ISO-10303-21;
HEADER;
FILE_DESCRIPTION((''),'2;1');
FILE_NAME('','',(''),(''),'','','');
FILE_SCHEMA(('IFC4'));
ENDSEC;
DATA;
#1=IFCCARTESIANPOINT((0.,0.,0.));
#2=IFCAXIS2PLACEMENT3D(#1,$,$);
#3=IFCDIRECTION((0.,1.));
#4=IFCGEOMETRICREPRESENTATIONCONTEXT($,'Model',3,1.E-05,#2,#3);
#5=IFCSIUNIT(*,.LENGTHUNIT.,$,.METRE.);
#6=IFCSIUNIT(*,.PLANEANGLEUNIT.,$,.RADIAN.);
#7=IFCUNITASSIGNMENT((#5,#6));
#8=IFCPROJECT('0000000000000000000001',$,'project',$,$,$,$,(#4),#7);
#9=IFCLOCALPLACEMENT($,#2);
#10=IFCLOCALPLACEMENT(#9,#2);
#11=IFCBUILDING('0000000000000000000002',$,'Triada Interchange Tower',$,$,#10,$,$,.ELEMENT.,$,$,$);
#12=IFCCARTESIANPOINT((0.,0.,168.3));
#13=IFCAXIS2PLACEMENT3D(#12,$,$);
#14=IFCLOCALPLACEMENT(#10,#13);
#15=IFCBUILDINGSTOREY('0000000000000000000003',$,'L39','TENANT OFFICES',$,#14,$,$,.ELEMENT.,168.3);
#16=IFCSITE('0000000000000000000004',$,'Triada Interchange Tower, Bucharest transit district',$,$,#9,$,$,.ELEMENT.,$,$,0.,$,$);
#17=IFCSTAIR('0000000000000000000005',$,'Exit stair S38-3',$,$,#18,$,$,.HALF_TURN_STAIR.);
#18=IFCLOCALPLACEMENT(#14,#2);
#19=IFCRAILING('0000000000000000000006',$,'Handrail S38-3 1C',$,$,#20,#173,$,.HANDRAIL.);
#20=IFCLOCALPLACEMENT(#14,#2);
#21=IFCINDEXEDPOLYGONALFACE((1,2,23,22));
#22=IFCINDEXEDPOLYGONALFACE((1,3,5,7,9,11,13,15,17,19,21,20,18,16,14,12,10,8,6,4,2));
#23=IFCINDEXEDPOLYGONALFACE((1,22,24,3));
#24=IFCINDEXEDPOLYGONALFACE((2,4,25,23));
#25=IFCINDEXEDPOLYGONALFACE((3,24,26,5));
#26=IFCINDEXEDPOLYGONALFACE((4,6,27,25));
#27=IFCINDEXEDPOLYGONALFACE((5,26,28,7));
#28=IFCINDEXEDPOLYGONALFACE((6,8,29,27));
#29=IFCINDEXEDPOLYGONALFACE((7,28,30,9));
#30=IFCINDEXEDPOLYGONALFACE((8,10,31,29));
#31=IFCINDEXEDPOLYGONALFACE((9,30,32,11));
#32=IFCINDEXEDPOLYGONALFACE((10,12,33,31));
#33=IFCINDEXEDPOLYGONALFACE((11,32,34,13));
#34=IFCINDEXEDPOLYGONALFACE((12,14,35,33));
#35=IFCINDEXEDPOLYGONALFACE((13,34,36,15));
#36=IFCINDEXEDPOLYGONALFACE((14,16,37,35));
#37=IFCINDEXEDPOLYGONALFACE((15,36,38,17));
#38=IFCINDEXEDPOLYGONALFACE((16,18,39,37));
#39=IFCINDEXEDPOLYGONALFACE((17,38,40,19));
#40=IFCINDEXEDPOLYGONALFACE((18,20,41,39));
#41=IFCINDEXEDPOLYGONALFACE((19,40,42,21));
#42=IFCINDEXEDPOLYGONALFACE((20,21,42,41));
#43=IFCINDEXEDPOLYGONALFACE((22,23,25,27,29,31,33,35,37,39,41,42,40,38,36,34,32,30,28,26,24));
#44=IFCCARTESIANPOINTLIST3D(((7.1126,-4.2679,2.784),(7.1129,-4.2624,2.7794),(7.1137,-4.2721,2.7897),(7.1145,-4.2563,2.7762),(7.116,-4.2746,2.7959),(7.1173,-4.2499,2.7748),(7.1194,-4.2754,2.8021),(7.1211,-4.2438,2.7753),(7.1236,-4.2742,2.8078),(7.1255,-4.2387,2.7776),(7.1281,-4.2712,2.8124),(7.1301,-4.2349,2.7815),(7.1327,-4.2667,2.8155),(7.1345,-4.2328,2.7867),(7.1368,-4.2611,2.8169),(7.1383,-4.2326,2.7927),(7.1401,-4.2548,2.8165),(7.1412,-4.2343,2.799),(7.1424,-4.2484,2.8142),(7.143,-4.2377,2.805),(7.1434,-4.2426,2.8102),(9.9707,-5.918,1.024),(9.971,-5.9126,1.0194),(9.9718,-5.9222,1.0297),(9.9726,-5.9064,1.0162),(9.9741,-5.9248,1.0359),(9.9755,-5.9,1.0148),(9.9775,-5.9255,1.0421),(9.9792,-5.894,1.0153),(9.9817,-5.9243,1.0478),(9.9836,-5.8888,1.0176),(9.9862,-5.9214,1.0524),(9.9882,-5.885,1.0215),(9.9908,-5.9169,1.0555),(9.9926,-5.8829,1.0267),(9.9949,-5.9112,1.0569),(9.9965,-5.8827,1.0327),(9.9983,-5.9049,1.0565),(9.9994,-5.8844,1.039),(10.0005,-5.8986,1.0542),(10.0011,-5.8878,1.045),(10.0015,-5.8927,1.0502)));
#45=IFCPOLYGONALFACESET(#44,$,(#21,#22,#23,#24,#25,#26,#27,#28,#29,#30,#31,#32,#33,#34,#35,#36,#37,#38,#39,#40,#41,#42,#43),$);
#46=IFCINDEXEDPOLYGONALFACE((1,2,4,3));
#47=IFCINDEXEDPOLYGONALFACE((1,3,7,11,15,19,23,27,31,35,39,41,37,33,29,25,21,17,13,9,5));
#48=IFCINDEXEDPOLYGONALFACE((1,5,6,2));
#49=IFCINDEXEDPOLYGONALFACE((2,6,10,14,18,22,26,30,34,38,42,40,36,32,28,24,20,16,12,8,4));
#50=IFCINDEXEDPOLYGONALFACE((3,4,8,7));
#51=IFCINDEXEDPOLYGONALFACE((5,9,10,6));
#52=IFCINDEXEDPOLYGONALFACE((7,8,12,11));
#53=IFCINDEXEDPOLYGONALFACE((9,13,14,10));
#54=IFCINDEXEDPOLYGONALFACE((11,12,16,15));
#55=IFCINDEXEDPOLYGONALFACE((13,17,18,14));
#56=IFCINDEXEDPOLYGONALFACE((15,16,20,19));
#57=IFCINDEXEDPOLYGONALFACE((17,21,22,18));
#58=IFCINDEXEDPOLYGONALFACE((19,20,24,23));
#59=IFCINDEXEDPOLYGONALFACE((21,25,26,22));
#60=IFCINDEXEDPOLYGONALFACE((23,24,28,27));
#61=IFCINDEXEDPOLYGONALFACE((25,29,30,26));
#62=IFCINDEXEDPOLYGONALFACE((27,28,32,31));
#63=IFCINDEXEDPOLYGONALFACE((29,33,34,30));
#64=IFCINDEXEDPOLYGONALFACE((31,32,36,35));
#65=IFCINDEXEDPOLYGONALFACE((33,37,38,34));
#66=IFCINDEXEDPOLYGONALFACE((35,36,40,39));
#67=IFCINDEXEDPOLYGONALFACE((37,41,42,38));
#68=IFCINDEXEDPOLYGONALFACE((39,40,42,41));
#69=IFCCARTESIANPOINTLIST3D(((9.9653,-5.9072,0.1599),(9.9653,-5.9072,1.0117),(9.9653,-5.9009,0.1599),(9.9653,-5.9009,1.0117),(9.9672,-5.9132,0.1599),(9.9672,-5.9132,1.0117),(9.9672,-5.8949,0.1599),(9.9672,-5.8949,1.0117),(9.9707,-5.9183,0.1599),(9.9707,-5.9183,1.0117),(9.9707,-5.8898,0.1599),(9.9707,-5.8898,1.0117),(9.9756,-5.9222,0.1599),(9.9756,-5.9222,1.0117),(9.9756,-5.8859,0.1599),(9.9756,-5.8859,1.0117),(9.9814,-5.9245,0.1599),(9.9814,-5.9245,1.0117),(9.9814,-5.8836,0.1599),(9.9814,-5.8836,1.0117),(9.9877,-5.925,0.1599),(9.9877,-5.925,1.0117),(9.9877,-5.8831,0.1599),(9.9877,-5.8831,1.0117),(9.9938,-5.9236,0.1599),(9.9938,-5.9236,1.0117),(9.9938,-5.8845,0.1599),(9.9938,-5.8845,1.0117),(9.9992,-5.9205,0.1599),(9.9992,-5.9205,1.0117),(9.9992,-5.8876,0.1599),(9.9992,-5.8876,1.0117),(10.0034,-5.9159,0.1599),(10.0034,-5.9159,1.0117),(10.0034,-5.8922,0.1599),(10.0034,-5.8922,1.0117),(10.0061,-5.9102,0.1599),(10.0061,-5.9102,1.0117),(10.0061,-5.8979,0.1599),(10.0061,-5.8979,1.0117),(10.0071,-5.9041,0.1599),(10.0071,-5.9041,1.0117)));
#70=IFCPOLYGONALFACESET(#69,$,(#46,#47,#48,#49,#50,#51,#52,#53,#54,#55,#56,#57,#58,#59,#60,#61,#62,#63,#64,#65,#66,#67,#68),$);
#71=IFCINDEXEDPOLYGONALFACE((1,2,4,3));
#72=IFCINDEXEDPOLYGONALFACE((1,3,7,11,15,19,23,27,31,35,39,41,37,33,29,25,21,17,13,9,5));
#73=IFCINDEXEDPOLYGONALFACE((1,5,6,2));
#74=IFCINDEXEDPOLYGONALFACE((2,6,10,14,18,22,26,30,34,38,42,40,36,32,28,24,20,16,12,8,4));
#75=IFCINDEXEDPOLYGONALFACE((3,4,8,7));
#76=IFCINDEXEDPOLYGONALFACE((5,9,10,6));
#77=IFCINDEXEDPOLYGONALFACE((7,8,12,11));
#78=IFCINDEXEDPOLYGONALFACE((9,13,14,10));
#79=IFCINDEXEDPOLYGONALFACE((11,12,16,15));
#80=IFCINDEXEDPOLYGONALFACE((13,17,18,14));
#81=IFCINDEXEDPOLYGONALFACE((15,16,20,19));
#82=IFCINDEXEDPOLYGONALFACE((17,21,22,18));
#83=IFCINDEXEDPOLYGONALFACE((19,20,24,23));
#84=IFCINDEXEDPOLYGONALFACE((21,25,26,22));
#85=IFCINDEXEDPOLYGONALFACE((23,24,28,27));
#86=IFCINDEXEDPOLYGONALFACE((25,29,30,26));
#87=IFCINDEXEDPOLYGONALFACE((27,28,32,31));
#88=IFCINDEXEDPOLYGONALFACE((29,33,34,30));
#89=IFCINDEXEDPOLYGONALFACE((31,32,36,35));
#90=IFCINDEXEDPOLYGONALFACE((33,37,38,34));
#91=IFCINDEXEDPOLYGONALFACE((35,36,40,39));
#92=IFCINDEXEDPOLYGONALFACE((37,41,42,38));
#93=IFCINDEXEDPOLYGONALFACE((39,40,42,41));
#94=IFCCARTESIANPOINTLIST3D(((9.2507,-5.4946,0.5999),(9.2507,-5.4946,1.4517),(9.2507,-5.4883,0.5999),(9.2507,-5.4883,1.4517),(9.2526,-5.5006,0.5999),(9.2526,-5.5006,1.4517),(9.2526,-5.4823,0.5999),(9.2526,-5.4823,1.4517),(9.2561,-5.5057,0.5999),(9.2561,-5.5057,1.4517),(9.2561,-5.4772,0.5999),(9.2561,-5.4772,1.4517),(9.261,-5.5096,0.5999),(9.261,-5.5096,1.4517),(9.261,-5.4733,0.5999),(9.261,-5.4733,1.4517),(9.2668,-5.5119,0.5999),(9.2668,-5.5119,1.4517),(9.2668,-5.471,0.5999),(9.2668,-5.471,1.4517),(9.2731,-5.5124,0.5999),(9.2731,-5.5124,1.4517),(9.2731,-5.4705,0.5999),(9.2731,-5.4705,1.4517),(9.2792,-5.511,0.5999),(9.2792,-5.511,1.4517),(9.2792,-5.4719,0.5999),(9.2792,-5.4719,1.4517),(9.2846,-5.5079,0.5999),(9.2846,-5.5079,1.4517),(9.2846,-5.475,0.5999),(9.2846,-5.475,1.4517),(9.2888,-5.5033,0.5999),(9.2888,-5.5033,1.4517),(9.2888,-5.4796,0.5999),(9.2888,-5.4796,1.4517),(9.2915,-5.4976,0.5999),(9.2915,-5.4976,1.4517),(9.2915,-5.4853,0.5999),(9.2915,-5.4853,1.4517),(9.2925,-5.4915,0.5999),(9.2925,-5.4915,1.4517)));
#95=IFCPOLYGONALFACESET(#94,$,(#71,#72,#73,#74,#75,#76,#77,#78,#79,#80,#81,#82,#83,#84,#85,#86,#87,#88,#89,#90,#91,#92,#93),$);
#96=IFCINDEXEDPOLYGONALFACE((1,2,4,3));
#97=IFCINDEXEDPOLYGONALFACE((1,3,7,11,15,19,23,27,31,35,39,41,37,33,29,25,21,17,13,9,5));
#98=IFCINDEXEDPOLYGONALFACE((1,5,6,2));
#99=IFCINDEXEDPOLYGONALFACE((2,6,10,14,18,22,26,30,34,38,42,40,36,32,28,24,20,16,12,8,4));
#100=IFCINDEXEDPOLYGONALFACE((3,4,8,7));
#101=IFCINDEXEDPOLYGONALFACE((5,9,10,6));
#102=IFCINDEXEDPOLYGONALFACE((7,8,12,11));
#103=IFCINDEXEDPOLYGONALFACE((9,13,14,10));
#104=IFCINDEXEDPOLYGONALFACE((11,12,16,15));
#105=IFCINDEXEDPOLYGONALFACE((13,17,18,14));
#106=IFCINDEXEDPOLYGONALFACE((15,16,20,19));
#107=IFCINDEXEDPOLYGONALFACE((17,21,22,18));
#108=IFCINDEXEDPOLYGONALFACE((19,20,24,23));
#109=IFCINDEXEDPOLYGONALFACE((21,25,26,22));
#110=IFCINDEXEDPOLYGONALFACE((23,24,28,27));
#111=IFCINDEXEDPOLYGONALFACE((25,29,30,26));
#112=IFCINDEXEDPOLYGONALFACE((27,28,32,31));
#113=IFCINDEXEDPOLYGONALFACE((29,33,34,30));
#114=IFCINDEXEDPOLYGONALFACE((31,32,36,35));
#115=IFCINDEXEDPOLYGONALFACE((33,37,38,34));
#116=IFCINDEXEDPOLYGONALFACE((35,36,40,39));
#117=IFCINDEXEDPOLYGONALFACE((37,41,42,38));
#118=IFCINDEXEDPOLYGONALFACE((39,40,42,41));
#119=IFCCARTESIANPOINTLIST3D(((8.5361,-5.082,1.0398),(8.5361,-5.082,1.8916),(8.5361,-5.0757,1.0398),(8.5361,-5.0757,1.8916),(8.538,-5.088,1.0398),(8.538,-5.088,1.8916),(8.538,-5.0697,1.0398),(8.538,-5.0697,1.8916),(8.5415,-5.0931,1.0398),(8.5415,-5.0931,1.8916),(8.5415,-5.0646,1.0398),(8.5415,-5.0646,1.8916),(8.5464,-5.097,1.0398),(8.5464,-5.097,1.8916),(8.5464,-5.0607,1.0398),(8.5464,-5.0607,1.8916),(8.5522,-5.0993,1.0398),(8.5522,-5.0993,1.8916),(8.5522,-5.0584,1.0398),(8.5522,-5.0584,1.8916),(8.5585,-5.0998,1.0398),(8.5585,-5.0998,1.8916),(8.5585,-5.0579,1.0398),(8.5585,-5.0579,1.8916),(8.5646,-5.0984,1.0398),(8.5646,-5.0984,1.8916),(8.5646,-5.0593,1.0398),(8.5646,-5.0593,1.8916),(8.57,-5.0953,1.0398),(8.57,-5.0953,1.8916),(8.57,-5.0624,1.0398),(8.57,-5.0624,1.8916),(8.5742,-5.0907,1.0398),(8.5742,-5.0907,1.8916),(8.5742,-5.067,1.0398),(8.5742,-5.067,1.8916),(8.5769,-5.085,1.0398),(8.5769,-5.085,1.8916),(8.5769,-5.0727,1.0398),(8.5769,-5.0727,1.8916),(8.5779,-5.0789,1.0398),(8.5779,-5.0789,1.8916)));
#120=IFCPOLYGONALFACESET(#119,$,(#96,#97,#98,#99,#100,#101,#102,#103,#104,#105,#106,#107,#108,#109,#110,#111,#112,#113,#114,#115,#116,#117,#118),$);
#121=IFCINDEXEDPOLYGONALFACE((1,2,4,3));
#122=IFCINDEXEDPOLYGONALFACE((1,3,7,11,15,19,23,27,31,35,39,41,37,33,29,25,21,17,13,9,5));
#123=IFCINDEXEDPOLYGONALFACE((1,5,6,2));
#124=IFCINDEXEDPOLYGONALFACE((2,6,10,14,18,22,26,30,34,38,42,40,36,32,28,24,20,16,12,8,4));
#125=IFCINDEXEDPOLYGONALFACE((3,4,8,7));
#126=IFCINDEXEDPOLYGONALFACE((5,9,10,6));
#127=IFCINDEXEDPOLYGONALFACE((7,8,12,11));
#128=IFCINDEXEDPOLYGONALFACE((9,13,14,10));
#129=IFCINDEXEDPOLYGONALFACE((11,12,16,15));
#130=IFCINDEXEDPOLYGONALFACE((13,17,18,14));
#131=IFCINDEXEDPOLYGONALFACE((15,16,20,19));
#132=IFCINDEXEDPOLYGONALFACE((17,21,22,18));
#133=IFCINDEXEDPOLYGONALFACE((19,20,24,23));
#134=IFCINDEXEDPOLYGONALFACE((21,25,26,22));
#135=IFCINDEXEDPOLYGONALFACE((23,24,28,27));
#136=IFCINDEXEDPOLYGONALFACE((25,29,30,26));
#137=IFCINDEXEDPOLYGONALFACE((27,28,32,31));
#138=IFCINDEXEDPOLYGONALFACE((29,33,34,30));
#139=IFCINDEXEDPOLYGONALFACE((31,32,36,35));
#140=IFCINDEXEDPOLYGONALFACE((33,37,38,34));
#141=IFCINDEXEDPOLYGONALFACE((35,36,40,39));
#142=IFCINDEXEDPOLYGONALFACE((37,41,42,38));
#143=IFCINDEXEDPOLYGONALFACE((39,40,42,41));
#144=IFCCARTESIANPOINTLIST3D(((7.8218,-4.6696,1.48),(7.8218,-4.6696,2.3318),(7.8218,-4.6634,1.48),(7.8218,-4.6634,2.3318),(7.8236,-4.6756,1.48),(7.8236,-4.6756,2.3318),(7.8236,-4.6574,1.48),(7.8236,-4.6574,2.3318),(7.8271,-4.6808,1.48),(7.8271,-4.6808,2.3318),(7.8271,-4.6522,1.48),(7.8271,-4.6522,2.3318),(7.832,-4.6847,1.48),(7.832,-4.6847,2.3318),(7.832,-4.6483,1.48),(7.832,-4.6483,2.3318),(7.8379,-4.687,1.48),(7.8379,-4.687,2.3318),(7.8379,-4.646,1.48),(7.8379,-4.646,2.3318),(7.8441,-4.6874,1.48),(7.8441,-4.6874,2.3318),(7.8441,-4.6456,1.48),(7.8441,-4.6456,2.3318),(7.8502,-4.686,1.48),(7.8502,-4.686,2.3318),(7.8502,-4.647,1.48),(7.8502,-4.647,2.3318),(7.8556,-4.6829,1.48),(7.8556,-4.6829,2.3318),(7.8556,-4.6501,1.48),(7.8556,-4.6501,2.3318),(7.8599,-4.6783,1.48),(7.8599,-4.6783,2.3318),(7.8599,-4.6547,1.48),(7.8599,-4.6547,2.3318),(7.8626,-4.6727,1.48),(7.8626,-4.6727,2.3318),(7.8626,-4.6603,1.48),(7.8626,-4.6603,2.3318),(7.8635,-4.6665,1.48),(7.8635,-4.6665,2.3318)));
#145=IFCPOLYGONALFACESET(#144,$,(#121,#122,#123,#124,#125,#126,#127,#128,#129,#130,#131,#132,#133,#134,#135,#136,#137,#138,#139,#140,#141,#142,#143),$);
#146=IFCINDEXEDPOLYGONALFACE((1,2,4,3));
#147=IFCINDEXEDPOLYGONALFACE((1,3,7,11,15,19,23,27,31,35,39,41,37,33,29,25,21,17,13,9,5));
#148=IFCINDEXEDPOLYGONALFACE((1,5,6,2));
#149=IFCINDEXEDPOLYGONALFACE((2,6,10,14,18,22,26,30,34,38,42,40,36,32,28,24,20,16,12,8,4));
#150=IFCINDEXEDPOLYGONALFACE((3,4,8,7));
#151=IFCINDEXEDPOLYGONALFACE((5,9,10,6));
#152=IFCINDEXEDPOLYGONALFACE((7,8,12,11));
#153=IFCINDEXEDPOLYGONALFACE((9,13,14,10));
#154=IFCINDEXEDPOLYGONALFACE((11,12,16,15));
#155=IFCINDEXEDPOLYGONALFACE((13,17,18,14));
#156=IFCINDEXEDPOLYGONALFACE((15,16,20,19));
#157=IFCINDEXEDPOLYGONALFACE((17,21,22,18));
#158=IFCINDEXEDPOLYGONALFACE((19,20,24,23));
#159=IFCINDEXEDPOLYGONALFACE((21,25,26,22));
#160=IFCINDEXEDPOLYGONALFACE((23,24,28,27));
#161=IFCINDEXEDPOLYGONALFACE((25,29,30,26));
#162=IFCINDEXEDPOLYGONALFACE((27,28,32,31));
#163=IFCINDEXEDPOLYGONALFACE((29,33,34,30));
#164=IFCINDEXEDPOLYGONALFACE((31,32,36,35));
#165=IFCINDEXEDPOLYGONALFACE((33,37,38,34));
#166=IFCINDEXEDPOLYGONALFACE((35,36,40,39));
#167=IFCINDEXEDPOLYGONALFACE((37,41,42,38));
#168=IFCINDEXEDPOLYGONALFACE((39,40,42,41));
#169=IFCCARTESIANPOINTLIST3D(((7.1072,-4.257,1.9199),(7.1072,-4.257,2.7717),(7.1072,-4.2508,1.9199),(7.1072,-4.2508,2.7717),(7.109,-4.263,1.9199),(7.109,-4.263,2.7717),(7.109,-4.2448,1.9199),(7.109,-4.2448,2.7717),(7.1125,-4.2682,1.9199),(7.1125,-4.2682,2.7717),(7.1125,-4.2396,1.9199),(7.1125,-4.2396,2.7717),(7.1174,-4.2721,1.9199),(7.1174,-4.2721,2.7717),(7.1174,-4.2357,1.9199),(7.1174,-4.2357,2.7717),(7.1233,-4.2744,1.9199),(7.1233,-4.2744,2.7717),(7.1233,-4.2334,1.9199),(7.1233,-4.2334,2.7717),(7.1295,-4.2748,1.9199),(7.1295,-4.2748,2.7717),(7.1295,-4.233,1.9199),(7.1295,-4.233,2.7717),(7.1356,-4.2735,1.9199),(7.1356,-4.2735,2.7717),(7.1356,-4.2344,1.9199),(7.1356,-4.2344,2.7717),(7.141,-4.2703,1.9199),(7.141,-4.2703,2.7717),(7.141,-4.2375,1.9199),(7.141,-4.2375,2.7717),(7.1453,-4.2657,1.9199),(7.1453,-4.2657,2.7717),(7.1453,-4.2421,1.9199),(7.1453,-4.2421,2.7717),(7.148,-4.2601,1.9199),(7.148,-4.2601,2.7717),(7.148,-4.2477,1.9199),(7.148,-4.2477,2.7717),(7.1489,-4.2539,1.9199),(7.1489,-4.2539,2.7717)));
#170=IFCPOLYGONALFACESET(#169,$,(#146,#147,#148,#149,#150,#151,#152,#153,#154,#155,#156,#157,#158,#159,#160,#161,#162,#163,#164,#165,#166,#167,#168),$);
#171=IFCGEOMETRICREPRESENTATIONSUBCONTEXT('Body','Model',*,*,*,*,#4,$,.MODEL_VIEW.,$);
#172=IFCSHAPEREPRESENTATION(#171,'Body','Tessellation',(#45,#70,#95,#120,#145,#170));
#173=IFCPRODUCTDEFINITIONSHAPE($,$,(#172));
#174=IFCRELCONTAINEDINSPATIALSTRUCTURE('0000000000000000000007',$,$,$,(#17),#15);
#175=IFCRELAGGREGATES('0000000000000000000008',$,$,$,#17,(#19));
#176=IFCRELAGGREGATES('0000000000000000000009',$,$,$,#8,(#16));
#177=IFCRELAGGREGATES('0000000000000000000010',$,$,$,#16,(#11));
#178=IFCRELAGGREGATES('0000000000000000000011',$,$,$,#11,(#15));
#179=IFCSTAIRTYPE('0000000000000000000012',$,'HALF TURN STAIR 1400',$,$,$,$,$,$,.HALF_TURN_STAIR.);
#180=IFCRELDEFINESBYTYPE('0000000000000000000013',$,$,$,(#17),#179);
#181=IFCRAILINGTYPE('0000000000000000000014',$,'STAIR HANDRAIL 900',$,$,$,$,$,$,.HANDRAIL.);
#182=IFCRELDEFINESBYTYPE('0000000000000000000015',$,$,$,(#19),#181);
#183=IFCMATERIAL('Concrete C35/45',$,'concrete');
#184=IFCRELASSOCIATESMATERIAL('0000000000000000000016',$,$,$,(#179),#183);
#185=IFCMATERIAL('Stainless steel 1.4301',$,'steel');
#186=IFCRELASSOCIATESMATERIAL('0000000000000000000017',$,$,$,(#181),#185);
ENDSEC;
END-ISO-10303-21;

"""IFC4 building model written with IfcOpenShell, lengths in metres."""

from ifc_helpers import new_model, si_unit, direction, frame, origin, origin_2d, place, context, subcontext, project, spatial, circle, extrude, material, type_object, element, aggregate, save


model = new_model("IFC4")

# Units and contexts
model_context = context("Model", 3, precision=1e-05, world=origin(), true_north=direction((0.0, 1.0)))
body_context = subcontext(model_context, "Body", "Model", "MODEL_VIEW")
ifc_project = project(units=[si_unit("LENGTHUNIT", "METRE"), si_unit("PLANEANGLEUNIT", "RADIAN")], contexts=[model_context])

# Site, building, storey
site_placement = place(None, origin())
site = spatial("IfcSite", under=ifc_project, at=site_placement, Name="Triada Interchange Tower, Bucharest transit district", CompositionType="ELEMENT", RefElevation=0.0)
building_placement = place(site_placement, origin())
building = spatial("IfcBuilding", under=site, at=building_placement, Name="Triada Interchange Tower", CompositionType="ELEMENT")
storey_placement = place(building_placement, frame((0.0, 0.0, 168.3)))
storey = spatial("IfcBuildingStorey", under=building, at=storey_placement, Name="L39", Description="TENANT OFFICES", CompositionType="ELEMENT", Elevation=168.3)

# Stair, railing
ifc_material_1 = material(Name="Concrete C35/45", Category="concrete")
stair_type = type_object("IfcStairType", Name="HALF TURN STAIR 1400", PredefinedType="HALF_TURN_STAIR", material=ifc_material_1)
stair_placement = place(storey_placement, origin())
stair = element("IfcStair", 1, at=stair_placement, inside=storey, type_object=stair_type, Name="Exit stair S38-3", PredefinedType="HALF_TURN_STAIR")
ifc_material_2 = material(Name="Stainless steel 1.4301", Category="steel")
railing_type = type_object("IfcRailingType", Name="STAIR HANDRAIL 900", PredefinedType="HANDRAIL", material=ifc_material_2)
railing_1_placement = place(storey_placement, frame((9.9861, -5.9041, 0.1599)))
railing_1 = element("IfcRailing", 2, at=railing_1_placement, type_object=railing_type, Name="Handrail S38-3 1C", PredefinedType="HANDRAIL", context=body_context, shape_type="SweptSolid", body=[
    extrude(circle(Radius=0.0239, at=origin_2d()), frame((0.0, 0.0, 0.876), z_axis=(-0.764156, 0.441183, 0.470556), x_axis=(-0.499998, -0.866027, 0.0)), (0.0, 0.0, 1.0), 3.7402),
    extrude(circle(Radius=0.021, at=origin_2d()), origin(), (0.0, 0.0, 1.0), 0.8518),
    extrude(circle(Radius=0.021, at=origin_2d()), frame((-0.7146, 0.4126, 0.4399)), (0.0, 0.0, 1.0), 0.8518),
    extrude(circle(Radius=0.021, at=origin_2d()), frame((-1.4292, 0.8252, 0.8799)), (0.0, 0.0, 1.0), 0.8518),
    extrude(circle(Radius=0.021, at=origin_2d()), frame((-2.1436, 1.2375, 1.3201)), (0.0, 0.0, 1.0), 0.8518),
    extrude(circle(Radius=0.021, at=origin_2d()), frame((-2.8582, 1.6501, 1.76)), (0.0, 0.0, 1.0), 0.8518),
])
aggregate(stair, [railing_1])

save(model, "model.ifc")
